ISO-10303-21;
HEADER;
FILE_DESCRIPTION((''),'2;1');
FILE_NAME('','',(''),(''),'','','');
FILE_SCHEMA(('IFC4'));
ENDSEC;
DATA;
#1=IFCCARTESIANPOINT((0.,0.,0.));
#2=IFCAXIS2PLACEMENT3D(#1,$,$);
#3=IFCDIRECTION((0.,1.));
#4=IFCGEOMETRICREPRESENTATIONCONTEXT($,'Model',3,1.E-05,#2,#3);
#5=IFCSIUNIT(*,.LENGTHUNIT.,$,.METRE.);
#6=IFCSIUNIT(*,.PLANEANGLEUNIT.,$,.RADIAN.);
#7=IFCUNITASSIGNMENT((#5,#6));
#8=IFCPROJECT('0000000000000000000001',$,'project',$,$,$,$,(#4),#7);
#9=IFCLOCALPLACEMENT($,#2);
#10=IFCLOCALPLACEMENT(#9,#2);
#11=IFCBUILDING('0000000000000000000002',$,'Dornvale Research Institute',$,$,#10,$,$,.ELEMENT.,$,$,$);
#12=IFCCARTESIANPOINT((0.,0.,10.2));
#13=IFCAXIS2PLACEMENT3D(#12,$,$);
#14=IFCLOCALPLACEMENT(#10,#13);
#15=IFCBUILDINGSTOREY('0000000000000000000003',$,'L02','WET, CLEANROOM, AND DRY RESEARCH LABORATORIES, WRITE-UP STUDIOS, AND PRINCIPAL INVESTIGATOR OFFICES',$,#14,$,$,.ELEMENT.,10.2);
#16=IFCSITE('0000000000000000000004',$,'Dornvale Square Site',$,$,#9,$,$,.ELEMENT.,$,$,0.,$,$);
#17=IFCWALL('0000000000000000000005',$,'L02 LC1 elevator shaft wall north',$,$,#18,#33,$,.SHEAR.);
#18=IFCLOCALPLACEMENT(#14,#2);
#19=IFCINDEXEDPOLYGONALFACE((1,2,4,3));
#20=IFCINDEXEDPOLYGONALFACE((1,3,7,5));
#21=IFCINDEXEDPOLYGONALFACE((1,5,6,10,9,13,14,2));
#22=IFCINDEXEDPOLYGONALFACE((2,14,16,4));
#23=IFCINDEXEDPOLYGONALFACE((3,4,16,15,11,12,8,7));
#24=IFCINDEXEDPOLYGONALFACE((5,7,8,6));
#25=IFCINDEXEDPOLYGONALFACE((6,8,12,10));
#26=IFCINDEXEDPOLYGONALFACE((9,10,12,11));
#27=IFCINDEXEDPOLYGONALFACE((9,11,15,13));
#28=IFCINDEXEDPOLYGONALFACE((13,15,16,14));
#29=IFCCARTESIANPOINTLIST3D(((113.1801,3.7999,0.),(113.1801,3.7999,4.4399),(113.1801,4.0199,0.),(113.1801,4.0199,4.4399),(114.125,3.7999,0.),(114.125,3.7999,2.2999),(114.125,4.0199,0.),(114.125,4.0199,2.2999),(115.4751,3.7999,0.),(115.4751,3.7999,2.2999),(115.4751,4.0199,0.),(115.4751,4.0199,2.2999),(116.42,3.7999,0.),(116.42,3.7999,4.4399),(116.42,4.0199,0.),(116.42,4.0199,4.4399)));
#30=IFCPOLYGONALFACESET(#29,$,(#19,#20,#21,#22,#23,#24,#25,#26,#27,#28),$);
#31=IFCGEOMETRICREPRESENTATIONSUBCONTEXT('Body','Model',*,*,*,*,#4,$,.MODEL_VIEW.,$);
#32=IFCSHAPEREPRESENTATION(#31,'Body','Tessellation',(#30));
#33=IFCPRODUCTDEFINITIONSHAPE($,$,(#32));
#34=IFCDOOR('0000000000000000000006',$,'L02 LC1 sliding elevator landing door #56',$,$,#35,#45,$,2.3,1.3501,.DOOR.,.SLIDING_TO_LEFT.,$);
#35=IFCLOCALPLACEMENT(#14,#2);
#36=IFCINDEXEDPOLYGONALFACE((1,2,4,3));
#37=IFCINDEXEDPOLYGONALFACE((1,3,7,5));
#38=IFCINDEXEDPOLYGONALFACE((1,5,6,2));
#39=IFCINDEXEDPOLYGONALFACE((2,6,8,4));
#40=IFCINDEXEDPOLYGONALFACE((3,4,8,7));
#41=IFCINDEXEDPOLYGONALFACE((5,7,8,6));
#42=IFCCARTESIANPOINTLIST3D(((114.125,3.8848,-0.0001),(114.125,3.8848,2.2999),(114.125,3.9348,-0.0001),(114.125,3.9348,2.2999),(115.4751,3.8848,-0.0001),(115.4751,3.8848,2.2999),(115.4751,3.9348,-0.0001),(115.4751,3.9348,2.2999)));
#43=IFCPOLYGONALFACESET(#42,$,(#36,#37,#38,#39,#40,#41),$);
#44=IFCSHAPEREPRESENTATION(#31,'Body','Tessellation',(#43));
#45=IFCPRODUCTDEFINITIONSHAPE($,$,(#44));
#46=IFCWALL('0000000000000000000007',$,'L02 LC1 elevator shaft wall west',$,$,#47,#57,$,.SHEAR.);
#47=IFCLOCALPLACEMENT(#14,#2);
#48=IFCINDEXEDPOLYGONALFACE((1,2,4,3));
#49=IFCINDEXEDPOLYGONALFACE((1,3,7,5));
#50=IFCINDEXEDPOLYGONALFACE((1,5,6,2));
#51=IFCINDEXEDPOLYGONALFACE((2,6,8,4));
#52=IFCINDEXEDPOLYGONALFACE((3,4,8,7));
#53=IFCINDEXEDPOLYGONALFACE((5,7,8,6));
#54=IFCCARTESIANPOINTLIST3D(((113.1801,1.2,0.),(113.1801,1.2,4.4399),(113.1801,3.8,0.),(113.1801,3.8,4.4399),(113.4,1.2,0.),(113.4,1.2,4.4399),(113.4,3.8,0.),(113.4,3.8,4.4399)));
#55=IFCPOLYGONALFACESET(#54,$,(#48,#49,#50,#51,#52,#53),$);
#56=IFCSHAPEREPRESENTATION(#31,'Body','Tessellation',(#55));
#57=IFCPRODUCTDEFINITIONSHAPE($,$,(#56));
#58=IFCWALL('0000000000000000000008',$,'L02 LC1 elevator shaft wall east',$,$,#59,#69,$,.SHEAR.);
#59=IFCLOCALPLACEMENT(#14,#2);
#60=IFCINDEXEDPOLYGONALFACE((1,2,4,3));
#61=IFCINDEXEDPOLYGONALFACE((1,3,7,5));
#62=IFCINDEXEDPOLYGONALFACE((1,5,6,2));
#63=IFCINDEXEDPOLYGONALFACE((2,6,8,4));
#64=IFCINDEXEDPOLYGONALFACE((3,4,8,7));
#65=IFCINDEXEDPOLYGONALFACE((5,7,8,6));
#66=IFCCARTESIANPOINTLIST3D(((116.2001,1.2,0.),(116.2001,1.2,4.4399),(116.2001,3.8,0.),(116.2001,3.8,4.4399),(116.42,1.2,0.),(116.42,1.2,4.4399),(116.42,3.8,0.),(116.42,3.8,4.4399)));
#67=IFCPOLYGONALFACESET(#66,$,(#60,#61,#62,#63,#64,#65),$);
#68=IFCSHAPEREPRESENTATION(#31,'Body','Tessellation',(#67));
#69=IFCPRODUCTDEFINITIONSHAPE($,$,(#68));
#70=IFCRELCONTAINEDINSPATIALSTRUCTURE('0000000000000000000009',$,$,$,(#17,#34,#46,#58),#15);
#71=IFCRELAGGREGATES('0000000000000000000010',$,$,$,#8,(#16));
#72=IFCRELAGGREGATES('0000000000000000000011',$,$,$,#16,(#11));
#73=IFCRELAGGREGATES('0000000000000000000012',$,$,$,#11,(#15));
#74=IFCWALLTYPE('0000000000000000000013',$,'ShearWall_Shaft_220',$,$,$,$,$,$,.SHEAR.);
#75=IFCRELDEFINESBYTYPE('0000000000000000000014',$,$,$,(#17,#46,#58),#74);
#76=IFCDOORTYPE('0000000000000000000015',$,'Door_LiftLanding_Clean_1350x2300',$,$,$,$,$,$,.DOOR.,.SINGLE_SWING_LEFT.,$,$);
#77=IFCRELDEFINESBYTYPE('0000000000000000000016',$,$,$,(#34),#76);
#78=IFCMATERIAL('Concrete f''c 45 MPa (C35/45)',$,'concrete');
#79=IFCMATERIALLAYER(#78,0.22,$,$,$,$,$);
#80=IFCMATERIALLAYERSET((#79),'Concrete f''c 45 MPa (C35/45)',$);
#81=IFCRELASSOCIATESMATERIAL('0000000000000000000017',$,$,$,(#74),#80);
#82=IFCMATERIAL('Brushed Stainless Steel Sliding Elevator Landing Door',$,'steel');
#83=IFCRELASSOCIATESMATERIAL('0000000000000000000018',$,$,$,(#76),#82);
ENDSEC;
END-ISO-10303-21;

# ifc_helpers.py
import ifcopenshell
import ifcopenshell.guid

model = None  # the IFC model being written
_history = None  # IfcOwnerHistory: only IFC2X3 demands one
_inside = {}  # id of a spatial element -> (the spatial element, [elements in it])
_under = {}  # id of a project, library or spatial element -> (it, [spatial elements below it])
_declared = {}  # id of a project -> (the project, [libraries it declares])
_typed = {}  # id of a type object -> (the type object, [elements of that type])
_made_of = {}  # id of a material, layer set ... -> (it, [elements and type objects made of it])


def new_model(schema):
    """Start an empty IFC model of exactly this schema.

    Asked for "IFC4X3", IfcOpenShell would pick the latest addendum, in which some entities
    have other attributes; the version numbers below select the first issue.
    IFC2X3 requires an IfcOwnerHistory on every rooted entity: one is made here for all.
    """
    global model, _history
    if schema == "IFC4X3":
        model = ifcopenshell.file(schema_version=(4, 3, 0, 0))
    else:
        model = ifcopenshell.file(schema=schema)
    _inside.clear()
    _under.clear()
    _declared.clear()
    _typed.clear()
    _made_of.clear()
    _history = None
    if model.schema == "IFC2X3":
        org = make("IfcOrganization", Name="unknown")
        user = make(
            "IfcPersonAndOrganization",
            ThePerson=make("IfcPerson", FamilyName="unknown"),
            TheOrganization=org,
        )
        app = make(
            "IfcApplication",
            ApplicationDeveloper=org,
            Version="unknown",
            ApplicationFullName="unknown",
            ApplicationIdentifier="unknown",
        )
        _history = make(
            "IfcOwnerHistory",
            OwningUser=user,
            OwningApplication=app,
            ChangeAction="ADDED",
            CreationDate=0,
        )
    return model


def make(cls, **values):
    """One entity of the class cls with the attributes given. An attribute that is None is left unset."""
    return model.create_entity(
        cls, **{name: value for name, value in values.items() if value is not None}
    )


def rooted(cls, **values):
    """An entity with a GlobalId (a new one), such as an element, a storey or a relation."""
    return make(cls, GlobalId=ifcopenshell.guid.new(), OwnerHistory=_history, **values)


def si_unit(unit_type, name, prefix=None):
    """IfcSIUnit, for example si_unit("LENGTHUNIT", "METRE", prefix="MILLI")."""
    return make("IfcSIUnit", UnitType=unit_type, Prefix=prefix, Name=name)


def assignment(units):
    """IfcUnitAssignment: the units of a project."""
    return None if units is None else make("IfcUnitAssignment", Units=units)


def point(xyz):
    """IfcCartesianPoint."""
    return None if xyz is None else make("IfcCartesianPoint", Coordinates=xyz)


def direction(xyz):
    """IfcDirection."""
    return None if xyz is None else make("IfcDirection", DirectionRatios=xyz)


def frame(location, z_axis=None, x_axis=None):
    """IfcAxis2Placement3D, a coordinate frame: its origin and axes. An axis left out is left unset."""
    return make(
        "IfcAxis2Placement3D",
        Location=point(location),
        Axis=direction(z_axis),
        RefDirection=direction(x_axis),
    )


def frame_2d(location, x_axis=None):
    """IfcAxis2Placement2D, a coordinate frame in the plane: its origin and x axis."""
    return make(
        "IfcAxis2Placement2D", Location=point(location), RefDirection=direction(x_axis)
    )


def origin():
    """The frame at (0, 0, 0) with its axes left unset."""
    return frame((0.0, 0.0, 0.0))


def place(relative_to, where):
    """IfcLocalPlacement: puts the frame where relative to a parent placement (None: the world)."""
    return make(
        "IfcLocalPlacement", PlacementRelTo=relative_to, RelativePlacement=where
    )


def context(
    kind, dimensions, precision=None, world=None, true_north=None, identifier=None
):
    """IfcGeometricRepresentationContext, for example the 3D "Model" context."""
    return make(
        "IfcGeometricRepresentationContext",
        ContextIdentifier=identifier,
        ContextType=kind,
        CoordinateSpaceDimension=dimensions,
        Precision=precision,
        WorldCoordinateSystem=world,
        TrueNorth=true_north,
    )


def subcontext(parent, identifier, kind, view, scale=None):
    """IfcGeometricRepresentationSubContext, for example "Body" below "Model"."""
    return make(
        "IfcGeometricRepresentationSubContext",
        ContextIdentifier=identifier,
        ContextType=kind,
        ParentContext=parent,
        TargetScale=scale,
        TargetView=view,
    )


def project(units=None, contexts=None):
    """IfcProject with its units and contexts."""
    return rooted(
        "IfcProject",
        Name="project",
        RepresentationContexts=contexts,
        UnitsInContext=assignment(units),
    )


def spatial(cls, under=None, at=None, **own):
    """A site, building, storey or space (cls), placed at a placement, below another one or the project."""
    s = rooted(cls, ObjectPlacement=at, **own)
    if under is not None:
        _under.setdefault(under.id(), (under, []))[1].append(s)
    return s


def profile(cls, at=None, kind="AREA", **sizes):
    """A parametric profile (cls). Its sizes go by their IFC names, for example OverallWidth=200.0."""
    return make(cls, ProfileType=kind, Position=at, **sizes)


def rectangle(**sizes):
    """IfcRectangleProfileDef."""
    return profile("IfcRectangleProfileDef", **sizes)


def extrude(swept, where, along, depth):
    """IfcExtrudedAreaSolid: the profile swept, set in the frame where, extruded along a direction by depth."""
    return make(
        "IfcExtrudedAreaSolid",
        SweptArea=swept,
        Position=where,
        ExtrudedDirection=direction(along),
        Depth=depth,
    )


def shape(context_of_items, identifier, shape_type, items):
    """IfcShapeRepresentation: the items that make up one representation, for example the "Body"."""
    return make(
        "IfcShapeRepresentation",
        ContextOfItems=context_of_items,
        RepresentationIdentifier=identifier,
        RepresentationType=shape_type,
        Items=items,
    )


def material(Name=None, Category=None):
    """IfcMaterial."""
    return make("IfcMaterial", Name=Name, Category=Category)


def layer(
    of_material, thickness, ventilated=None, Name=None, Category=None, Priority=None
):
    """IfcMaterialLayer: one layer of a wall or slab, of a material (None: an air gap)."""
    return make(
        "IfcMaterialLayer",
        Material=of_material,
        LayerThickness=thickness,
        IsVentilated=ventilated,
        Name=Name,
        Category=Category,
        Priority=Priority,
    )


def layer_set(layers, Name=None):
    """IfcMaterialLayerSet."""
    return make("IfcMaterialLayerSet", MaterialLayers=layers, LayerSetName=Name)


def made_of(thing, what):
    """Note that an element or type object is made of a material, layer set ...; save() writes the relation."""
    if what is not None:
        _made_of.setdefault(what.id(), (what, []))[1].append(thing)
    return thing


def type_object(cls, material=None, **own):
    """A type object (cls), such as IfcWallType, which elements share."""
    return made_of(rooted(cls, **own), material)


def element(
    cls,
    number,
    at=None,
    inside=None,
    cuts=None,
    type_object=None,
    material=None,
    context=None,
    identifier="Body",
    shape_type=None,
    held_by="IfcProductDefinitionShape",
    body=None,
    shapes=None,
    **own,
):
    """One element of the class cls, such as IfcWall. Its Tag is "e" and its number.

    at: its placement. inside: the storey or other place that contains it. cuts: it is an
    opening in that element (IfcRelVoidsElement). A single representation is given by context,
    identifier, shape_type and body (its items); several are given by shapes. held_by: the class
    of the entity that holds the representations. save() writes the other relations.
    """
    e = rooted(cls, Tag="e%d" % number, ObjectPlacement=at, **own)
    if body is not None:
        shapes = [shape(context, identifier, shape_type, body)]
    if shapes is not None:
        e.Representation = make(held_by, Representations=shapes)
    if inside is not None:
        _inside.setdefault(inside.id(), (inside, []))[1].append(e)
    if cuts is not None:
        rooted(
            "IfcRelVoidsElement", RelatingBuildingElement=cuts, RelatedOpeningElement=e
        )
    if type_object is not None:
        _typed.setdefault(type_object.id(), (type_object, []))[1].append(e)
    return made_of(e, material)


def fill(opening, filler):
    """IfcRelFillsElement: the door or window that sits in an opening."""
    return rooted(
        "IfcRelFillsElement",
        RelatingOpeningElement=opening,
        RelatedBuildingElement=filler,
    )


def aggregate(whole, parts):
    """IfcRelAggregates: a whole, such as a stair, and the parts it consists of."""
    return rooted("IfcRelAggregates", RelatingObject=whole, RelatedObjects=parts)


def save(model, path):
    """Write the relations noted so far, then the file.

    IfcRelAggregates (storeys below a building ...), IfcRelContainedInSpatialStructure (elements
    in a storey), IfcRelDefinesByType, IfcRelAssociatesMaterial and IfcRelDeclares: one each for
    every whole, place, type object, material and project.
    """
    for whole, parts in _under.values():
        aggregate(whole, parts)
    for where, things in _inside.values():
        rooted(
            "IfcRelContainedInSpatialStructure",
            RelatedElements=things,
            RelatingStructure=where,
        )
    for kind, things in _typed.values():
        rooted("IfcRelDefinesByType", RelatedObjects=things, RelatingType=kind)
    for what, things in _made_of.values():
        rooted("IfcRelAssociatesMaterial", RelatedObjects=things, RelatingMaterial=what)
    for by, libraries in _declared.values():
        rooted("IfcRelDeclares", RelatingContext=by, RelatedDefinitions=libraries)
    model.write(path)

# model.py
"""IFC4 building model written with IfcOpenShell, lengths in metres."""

from ifc_helpers import new_model, si_unit, direction, frame, frame_2d, origin, place, context, subcontext, project, spatial, rectangle, extrude, material, layer, layer_set, type_object, element, fill, save


model = new_model("IFC4")

# Units and contexts
model_context = context("Model", 3, precision=1e-05, world=origin(), true_north=direction((0.0, 1.0)))
body_context = subcontext(model_context, "Body", "Model", "MODEL_VIEW")
ifc_project = project(units=[si_unit("LENGTHUNIT", "METRE"), si_unit("PLANEANGLEUNIT", "RADIAN")], contexts=[model_context])

# Site, building, storey
site_placement = place(None, origin())
site = spatial("IfcSite", under=ifc_project, at=site_placement, Name="Dornvale Square Site", CompositionType="ELEMENT", RefElevation=0.0)
building_placement = place(site_placement, origin())
building = spatial("IfcBuilding", under=site, at=building_placement, Name="Dornvale Research Institute", CompositionType="ELEMENT")
storey_placement = place(building_placement, frame((0.0, 0.0, 10.2)))
storey = spatial("IfcBuildingStorey", under=building, at=storey_placement, Name="L02", Description="WET, CLEANROOM, AND DRY RESEARCH LABORATORIES, WRITE-UP STUDIOS, AND PRINCIPAL INVESTIGATOR OFFICES", CompositionType="ELEMENT", Elevation=10.2)

# Shared definitions
ifc_material_1 = material(Name="Concrete f'c 45 MPa (C35/45)", Category="concrete")
ifc_layer_1 = layer(ifc_material_1, 0.22)
ifc_layer_set_1 = layer_set([ifc_layer_1], Name="Concrete f'c 45 MPa (C35/45)")
wall_type_1 = type_object("IfcWallType", Name="ShearWall_Shaft_220", PredefinedType="SHEAR", material=ifc_layer_set_1)

# Wall, opening, door
wall_1_placement = place(storey_placement, frame((113.1799, 3.9099, 0.0), z_axis=(0.0, 0.0, 1.0), x_axis=(1.0, 0.0, 0.0)))
wall_1 = element("IfcWall", 1, at=wall_1_placement, inside=storey, type_object=wall_type_1, Name="L02 LC1 elevator shaft wall north", PredefinedType="SHEAR", context=body_context, shape_type="SweptSolid", body=[
    extrude(rectangle(XDim=3.24, YDim=0.22, at=frame_2d((1.6201, 0.0))), origin(), (0.0, 0.0, 1.0), 4.4399),
])
opening_1_placement = place(wall_1_placement, frame((0.9451, 0.0, 0.0)))
opening_1 = element("IfcOpeningElement", 2, at=opening_1_placement, cuts=wall_1, PredefinedType="OPENING", context=body_context, shape_type="SweptSolid", body=[
    extrude(rectangle(XDim=1.3501, YDim=2.3, at=frame_2d((0.675, 1.1499))), frame((0.0, 0.125, 0.0), z_axis=(0.0, -1.0, 0.0), x_axis=(1.0, 0.0, 0.0)), (0.0, 0.0, 1.0), 0.25),
])
ifc_material_2 = material(Name="Brushed Stainless Steel Sliding Elevator Landing Door", Category="steel")
door_type_1 = type_object("IfcDoorType", Name="Door_LiftLanding_Clean_1350x2300", OperationType="SINGLE_SWING_LEFT", PredefinedType="DOOR", material=ifc_material_2)
door_1_placement = place(opening_1_placement, origin())
door_1 = element("IfcDoor", 3, at=door_1_placement, inside=storey, type_object=door_type_1, Name="L02 LC1 sliding elevator landing door #56", OperationType="SLIDING_TO_LEFT", OverallHeight=2.3, OverallWidth=1.3501, PredefinedType="DOOR", context=body_context, shape_type="SweptSolid", body=[
    extrude(rectangle(XDim=1.3501, YDim=2.3, at=frame_2d((0.675, 1.1499))), frame((0.0, 0.0249, 0.0), z_axis=(0.0, -1.0, 0.0), x_axis=(1.0, 0.0, 0.0)), (0.0, 0.0, 1.0), 0.05),
])
fill(opening_1, door_1)

# Walls
for number, where, z_axis, x_axis, name in (
    (4, (113.29, 1.2, 0.0), (0.0, 0.0, 1.0), (0.0, 1.0, 0.0), "L02 LC1 elevator shaft wall west"),
    (5, (116.3101, 1.2, 0.0), (0.0, 0.0, 1.0), (0.0, 1.0, 0.0), "L02 LC1 elevator shaft wall east"),
):
    element("IfcWall", number, at=place(storey_placement, frame(where, z_axis=z_axis, x_axis=x_axis)), inside=storey, type_object=wall_type_1, Name=name, PredefinedType="SHEAR", context=body_context, shape_type="SweptSolid", body=[
        extrude(rectangle(XDim=2.6001, YDim=0.22, at=frame_2d((1.3, 0.0))), origin(), (0.0, 0.0, 1.0), 4.4399),
    ])

save(model, "model.ifc")
